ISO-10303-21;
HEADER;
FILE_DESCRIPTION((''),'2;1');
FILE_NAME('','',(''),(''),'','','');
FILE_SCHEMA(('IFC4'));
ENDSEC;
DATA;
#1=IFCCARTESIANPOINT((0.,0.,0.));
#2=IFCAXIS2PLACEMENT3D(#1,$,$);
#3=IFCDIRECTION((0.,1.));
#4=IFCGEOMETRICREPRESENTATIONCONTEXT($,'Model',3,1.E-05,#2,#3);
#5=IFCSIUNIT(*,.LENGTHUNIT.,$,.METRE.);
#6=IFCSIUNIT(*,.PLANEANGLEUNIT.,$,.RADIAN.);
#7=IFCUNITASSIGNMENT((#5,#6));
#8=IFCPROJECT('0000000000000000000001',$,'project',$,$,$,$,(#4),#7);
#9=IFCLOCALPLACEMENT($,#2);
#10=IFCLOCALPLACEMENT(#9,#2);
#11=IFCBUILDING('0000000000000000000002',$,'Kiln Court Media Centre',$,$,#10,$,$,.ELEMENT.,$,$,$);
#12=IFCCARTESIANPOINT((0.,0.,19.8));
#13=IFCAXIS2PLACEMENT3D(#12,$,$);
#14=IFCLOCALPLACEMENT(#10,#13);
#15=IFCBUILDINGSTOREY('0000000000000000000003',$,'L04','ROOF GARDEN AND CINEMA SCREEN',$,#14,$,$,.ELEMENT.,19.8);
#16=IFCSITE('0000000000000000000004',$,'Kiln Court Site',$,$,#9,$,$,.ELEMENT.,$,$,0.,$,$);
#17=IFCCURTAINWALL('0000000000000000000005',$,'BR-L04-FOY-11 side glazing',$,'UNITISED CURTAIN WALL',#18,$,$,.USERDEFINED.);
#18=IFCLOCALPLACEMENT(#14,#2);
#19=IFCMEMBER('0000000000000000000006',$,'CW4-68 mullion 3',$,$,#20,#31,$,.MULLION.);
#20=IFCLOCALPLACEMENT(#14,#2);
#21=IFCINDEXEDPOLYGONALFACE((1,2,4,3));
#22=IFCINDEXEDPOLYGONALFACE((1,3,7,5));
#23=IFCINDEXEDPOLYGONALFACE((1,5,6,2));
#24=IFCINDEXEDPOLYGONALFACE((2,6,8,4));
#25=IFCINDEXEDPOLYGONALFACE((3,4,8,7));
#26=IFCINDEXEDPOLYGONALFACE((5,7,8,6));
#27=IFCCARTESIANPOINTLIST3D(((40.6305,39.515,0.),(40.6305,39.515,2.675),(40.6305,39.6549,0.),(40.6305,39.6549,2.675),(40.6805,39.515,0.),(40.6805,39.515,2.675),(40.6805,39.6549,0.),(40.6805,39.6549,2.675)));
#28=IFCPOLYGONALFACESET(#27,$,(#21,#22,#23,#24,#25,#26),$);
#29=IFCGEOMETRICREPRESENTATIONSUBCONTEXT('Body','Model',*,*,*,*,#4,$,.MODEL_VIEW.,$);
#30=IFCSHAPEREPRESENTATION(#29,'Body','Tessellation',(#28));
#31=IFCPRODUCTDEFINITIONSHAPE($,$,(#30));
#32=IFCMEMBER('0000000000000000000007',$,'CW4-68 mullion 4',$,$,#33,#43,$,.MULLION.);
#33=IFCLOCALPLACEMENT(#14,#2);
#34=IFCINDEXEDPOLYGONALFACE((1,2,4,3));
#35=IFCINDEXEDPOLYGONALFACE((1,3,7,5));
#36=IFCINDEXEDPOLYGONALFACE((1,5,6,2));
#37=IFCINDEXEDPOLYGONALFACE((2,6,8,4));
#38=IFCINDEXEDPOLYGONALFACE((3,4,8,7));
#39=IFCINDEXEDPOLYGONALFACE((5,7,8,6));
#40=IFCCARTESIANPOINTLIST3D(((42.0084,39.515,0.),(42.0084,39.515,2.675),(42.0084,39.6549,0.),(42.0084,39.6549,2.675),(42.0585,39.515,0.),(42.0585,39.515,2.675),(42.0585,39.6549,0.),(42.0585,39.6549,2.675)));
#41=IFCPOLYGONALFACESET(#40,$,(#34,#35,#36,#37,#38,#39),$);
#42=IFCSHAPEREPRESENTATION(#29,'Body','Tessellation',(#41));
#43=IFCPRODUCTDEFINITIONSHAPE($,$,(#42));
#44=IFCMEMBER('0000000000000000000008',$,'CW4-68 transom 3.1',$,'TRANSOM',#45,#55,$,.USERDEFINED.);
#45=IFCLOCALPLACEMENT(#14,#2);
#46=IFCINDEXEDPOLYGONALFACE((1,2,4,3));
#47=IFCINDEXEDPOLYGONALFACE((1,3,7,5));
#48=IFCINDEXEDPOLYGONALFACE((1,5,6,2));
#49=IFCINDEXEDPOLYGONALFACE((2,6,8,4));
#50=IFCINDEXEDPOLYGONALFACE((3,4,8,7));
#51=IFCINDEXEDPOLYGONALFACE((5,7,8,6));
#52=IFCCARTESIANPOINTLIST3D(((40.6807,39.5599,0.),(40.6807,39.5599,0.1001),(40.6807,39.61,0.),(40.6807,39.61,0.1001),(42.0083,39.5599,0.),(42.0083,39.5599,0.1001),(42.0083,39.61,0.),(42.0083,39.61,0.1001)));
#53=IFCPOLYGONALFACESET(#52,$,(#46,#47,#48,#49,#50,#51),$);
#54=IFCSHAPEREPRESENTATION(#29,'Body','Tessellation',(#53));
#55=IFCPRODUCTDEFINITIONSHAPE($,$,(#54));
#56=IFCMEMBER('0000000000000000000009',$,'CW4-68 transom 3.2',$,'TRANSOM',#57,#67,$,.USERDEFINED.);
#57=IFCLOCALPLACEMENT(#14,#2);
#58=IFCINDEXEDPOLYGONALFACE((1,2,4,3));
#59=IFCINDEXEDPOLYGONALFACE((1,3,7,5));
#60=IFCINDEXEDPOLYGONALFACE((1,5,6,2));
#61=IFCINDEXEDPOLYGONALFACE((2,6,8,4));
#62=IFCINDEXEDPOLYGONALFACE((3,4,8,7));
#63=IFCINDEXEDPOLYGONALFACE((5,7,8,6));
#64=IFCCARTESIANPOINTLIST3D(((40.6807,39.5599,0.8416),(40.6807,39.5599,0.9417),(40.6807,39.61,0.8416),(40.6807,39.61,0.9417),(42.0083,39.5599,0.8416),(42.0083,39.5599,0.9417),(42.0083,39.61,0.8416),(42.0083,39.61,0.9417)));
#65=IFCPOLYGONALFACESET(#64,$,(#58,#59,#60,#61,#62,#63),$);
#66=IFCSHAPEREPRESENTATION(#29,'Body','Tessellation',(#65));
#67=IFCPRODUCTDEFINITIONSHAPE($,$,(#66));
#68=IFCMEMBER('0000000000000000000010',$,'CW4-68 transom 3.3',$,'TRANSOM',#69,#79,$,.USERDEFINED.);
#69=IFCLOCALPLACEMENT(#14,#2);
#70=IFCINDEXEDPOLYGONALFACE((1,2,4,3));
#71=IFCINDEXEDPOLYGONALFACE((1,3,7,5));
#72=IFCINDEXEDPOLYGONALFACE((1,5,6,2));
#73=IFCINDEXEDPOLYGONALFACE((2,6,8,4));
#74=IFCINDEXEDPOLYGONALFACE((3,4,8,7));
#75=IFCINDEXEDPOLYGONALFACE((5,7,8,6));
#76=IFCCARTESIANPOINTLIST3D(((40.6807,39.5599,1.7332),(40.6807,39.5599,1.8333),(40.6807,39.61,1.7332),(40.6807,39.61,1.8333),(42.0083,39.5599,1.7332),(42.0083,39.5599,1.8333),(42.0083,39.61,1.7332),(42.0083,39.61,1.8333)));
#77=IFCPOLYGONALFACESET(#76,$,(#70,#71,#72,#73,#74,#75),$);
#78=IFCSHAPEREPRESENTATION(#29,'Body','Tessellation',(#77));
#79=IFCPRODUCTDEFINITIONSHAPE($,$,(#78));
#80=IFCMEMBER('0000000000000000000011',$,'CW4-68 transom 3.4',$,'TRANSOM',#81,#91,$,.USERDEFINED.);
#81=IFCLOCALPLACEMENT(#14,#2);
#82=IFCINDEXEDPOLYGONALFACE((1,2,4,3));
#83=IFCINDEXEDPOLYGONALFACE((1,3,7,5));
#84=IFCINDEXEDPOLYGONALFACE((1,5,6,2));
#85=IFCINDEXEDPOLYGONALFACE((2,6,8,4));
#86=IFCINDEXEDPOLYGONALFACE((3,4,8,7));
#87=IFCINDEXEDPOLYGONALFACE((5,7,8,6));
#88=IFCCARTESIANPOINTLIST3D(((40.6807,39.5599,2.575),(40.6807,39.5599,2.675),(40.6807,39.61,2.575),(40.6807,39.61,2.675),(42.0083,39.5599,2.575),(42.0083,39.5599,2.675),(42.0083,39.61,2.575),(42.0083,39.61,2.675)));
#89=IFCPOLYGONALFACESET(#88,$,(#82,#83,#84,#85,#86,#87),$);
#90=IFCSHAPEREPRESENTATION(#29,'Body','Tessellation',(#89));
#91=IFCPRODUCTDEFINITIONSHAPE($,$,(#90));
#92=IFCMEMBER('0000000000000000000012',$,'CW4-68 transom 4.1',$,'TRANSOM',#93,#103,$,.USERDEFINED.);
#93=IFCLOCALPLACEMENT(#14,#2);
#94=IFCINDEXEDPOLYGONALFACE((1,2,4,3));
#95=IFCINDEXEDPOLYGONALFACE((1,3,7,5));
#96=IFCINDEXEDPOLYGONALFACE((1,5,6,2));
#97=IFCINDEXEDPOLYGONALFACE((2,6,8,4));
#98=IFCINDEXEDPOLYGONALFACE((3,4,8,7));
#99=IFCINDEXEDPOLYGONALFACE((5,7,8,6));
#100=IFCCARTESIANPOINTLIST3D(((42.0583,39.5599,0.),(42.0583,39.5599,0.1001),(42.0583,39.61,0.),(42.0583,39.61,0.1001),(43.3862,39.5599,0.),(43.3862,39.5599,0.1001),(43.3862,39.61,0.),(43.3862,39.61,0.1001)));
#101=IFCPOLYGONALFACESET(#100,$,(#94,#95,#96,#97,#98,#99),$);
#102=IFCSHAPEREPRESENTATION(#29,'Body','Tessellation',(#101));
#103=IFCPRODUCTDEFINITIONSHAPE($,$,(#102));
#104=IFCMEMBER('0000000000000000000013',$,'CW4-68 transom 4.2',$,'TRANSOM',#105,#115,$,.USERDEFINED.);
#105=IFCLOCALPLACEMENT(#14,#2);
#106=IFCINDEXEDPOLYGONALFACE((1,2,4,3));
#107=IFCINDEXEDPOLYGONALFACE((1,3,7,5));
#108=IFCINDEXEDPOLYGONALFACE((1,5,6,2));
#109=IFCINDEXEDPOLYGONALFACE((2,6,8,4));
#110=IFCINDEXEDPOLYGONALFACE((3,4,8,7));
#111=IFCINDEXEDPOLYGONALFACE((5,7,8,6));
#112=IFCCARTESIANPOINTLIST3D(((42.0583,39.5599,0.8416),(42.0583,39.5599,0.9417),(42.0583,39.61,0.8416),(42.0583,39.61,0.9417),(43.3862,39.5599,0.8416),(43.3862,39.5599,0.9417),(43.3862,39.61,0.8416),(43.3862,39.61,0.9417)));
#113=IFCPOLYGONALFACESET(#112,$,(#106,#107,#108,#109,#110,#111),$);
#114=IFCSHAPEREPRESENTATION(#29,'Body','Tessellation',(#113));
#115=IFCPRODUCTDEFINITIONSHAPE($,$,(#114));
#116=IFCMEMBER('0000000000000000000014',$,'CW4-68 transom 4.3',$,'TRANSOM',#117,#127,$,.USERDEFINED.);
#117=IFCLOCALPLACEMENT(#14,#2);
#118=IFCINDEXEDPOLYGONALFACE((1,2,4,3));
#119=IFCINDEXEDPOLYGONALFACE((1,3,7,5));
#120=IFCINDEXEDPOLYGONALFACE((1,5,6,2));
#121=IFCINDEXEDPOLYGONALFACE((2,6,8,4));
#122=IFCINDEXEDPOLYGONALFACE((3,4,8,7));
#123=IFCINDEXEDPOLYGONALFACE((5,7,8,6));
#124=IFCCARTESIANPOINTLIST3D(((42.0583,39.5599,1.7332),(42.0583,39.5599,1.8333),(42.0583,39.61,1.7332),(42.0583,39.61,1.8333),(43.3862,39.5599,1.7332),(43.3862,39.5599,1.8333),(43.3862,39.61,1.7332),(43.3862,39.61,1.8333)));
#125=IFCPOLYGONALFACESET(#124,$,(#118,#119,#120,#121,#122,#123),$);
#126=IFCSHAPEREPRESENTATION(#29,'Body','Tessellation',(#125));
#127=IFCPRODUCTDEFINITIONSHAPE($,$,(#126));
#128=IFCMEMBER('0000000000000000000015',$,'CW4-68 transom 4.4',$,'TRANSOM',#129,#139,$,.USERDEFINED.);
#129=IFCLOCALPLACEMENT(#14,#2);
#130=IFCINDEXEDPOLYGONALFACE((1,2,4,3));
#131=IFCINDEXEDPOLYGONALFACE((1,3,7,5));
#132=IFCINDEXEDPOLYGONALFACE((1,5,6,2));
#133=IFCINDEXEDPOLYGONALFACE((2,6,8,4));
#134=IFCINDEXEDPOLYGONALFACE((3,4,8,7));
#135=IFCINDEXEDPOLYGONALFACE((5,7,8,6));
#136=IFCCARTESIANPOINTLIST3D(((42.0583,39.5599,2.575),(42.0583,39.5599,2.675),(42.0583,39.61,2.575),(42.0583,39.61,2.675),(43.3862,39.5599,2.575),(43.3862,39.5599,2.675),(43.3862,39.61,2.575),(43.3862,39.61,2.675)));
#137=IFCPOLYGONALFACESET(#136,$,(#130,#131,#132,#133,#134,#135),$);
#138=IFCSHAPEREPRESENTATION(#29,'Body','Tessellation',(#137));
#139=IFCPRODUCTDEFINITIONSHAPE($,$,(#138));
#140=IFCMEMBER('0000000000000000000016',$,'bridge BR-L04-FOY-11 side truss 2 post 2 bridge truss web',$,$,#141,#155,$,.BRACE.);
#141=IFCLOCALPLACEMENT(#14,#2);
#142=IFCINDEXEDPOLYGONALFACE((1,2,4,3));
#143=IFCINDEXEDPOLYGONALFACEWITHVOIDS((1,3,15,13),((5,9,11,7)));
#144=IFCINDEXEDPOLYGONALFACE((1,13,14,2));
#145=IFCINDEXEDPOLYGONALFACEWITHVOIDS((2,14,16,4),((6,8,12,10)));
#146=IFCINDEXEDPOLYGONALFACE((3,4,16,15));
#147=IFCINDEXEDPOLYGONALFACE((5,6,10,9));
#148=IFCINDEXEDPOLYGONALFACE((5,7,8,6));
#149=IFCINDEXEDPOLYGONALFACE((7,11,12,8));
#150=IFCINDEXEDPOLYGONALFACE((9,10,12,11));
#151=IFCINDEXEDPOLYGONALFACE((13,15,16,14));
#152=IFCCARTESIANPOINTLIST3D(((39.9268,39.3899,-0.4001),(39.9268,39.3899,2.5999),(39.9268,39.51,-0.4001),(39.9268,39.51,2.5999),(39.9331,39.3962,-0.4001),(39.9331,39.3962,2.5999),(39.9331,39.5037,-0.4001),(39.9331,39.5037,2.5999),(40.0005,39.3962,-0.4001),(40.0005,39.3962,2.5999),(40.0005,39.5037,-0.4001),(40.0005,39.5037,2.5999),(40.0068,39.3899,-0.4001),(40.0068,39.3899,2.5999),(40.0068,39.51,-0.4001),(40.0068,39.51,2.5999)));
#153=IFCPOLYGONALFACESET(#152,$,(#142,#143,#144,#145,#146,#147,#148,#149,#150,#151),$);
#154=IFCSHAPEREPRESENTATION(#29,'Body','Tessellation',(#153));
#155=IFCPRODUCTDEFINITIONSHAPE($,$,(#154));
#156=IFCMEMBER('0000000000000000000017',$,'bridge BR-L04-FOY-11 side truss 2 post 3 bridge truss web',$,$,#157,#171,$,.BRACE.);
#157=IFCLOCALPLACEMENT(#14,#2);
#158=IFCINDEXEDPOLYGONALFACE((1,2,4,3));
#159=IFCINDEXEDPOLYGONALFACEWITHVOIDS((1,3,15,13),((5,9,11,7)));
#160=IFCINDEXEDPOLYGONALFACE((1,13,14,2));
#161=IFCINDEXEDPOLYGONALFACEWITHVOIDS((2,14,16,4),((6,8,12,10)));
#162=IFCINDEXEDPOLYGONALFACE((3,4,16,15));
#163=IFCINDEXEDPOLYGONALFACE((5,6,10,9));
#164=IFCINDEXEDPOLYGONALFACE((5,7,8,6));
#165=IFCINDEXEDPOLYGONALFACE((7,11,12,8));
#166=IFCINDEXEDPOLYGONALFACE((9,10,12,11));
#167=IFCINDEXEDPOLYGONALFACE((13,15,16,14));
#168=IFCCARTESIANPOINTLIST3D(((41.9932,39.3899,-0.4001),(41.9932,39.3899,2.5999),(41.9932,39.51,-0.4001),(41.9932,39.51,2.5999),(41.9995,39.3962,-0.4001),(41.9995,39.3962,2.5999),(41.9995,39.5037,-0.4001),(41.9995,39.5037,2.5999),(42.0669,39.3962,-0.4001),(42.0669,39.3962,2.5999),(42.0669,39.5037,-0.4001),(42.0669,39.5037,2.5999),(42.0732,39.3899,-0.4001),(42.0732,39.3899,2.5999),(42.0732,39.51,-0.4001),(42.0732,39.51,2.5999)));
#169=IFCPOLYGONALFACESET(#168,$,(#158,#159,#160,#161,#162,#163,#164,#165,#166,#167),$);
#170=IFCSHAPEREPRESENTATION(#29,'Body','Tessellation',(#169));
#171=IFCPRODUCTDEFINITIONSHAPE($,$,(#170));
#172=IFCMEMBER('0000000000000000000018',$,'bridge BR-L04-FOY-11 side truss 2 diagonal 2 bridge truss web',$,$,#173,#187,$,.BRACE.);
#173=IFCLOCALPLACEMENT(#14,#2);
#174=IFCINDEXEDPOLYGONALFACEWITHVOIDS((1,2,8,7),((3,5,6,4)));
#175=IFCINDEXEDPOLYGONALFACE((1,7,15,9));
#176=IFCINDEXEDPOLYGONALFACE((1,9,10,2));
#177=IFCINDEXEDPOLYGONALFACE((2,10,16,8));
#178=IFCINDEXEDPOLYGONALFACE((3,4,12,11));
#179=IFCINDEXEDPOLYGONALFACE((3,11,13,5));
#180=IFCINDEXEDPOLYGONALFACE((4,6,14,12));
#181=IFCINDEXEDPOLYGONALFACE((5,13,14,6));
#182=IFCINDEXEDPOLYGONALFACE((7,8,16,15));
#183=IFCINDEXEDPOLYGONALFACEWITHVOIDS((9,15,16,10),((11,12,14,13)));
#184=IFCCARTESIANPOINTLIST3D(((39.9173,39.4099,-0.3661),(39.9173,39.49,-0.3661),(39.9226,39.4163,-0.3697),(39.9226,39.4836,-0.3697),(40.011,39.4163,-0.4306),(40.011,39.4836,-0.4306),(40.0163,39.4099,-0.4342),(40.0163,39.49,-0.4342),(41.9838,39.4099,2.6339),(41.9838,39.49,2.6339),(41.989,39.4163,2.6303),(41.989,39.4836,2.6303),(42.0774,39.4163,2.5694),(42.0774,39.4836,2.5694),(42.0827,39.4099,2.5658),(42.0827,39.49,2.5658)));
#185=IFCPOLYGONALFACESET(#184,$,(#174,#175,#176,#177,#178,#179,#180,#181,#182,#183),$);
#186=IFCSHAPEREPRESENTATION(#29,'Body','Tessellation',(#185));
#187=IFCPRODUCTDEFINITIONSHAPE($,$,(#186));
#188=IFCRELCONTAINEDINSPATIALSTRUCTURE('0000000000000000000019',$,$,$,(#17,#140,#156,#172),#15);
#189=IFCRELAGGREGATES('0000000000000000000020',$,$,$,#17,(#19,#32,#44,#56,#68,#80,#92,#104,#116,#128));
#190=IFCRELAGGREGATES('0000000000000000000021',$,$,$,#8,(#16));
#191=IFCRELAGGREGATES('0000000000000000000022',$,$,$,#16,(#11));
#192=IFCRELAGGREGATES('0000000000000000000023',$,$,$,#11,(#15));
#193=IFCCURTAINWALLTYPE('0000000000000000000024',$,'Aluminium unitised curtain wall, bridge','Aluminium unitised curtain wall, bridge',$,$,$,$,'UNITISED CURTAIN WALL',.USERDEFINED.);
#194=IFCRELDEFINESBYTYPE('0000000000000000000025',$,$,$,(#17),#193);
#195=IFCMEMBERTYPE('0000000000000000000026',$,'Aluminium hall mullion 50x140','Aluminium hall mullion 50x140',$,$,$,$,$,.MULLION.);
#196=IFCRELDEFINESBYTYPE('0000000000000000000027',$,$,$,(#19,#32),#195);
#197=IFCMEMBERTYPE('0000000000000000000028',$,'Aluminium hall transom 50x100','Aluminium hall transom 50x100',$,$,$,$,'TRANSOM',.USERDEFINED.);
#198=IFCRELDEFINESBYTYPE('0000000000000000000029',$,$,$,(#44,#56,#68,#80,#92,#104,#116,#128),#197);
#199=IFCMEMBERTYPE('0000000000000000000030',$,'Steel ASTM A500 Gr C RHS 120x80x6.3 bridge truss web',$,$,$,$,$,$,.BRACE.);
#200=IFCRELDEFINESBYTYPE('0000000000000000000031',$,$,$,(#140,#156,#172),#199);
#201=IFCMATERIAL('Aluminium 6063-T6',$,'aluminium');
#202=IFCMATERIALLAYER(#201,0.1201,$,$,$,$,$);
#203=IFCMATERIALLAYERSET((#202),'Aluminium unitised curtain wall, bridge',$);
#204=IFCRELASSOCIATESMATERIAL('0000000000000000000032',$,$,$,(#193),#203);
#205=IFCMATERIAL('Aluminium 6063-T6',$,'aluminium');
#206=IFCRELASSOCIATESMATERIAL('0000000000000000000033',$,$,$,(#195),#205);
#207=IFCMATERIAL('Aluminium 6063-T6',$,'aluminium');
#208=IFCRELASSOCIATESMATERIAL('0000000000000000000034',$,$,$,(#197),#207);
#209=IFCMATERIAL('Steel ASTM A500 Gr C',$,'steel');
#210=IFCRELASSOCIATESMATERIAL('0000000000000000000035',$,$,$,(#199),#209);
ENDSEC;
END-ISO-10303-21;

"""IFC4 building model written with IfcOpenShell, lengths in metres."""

from ifc_helpers import new_model, si_unit, direction, frame, origin, origin_2d, place, context, subcontext, project, spatial, rectangle, hollow_rectangle, extrude, material, layer, layer_set, material_profile, profile_set, type_object, element, aggregate, save


model = new_model("IFC4")

# Units and contexts
model_context = context("Model", 3, precision=1e-05, world=origin(), true_north=direction((0.0, 1.0)))
body_context = subcontext(model_context, "Body", "Model", "MODEL_VIEW")
ifc_project = project(units=[si_unit("LENGTHUNIT", "METRE"), si_unit("PLANEANGLEUNIT", "RADIAN")], contexts=[model_context])

# Site, building, storey
site_placement = place(None, origin())
site = spatial("IfcSite", under=ifc_project, at=site_placement, Name="Kiln Court Site", CompositionType="ELEMENT", RefElevation=0.0)
building_placement = place(site_placement, origin())
building = spatial("IfcBuilding", under=site, at=building_placement, Name="Kiln Court Media Centre", CompositionType="ELEMENT")
storey_placement = place(building_placement, frame((0.0, 0.0, 19.8)))
storey = spatial("IfcBuildingStorey", under=building, at=storey_placement, Name="L04", Description="ROOF GARDEN AND CINEMA SCREEN", CompositionType="ELEMENT", Elevation=19.8)

# Curtain wall, members
ifc_material_1 = material(Name="Aluminium 6063-T6", Category="aluminium")
ifc_layer_1 = layer(ifc_material_1, 0.1201)
ifc_layer_set_1 = layer_set([ifc_layer_1], Name="Aluminium unitised curtain wall, bridge")
curtain_wall_type = type_object("IfcCurtainWallType", Name="Aluminium unitised curtain wall, bridge", Description="Aluminium unitised curtain wall, bridge", ElementType="UNITISED CURTAIN WALL", PredefinedType="USERDEFINED", material=ifc_layer_set_1)
curtain_wall_placement = place(storey_placement, origin())
curtain_wall = element("IfcCurtainWall", 1, at=curtain_wall_placement, inside=storey, type_object=curtain_wall_type, Name="BR-L04-FOY-11 side glazing", ObjectType="UNITISED CURTAIN WALL", PredefinedType="USERDEFINED")
ifc_material_2 = material(Name="Aluminium 6063-T6", Category="aluminium")
ifc_material_profile_1 = material_profile(ifc_material_2, rectangle(XDim=0.05, YDim=0.1399, at=origin_2d()), Name="Aluminium hall mullion 50x140")
ifc_profile_set_1 = profile_set([ifc_material_profile_1], Name="Aluminium 6063-T6")
member_type_1 = type_object("IfcMemberType", Name="Aluminium hall mullion 50x140", Description="Aluminium hall mullion 50x140", PredefinedType="MULLION", material=ifc_profile_set_1)
member_1_placement = place(storey_placement, frame((40.6555, 39.585, 0.0), z_axis=(0.0, 0.0, 1.0), x_axis=(1.0, 0.0, 0.0)))
member_1 = element("IfcMember", 2, at=member_1_placement, type_object=member_type_1, Name="CW4-68 mullion 3", PredefinedType="MULLION", context=body_context, shape_type="SweptSolid", body=[
    extrude(rectangle(XDim=0.05, YDim=0.1399, at=origin_2d()), origin(), (0.0, 0.0, 1.0), 2.675),
])
member_2_placement = place(storey_placement, frame((42.0334, 39.585, 0.0), z_axis=(0.0, 0.0, 1.0), x_axis=(1.0, 0.0, 0.0)))
member_2 = element("IfcMember", 3, at=member_2_placement, type_object=member_type_1, Name="CW4-68 mullion 4", PredefinedType="MULLION", context=body_context, shape_type="SweptSolid", body=[
    extrude(rectangle(XDim=0.05, YDim=0.1399, at=origin_2d()), origin(), (0.0, 0.0, 1.0), 2.675),
])
ifc_material_3 = material(Name="Aluminium 6063-T6", Category="aluminium")
ifc_material_profile_2 = material_profile(ifc_material_3, rectangle(XDim=0.05, YDim=0.1001, at=origin_2d()), Name="Aluminium hall transom 50x100")
ifc_profile_set_2 = profile_set([ifc_material_profile_2], Name="Aluminium 6063-T6")
member_type_2 = type_object("IfcMemberType", Name="Aluminium hall transom 50x100", Description="Aluminium hall transom 50x100", ElementType="TRANSOM", PredefinedType="USERDEFINED", material=ifc_profile_set_2)
member_3_placement = place(storey_placement, frame((40.6807, 39.585, 0.05), z_axis=(1.0, 0.0, 0.0), x_axis=(0.0, 1.0, 0.0)))
member_3 = element("IfcMember", 4, at=member_3_placement, type_object=member_type_2, Name="CW4-68 transom 3.1", ObjectType="TRANSOM", PredefinedType="USERDEFINED", context=body_context, shape_type="SweptSolid", body=[
    extrude(rectangle(XDim=0.05, YDim=0.1001, at=origin_2d()), origin(), (0.0, 0.0, 1.0), 1.3276),
])
member_4_placement = place(storey_placement, frame((40.6807, 39.585, 0.8916), z_axis=(1.0, 0.0, 0.0), x_axis=(0.0, 1.0, 0.0)))
member_4 = element("IfcMember", 5, at=member_4_placement, type_object=member_type_2, Name="CW4-68 transom 3.2", ObjectType="TRANSOM", PredefinedType="USERDEFINED", context=body_context, shape_type="SweptSolid", body=[
    extrude(rectangle(XDim=0.05, YDim=0.1001, at=origin_2d()), origin(), (0.0, 0.0, 1.0), 1.3276),
])
member_5_placement = place(storey_placement, frame((40.6807, 39.585, 1.7832), z_axis=(1.0, 0.0, 0.0), x_axis=(0.0, 1.0, 0.0)))
member_5 = element("IfcMember", 6, at=member_5_placement, type_object=member_type_2, Name="CW4-68 transom 3.3", ObjectType="TRANSOM", PredefinedType="USERDEFINED", context=body_context, shape_type="SweptSolid", body=[
    extrude(rectangle(XDim=0.05, YDim=0.1001, at=origin_2d()), origin(), (0.0, 0.0, 1.0), 1.3276),
])
member_6_placement = place(storey_placement, frame((40.6807, 39.585, 2.625), z_axis=(1.0, 0.0, 0.0), x_axis=(0.0, 1.0, 0.0)))
member_6 = element("IfcMember", 7, at=member_6_placement, type_object=member_type_2, Name="CW4-68 transom 3.4", ObjectType="TRANSOM", PredefinedType="USERDEFINED", context=body_context, shape_type="SweptSolid", body=[
    extrude(rectangle(XDim=0.05, YDim=0.1001, at=origin_2d()), origin(), (0.0, 0.0, 1.0), 1.3276),
])
member_7_placement = place(storey_placement, frame((42.0583, 39.585, 0.05), z_axis=(1.0, 0.0, 0.0), x_axis=(0.0, 1.0, 0.0)))
member_7 = element("IfcMember", 8, at=member_7_placement, type_object=member_type_2, Name="CW4-68 transom 4.1", ObjectType="TRANSOM", PredefinedType="USERDEFINED", context=body_context, shape_type="SweptSolid", body=[
    extrude(rectangle(XDim=0.05, YDim=0.1001, at=origin_2d()), origin(), (0.0, 0.0, 1.0), 1.3279),
])
member_8_placement = place(storey_placement, frame((42.0583, 39.585, 0.8916), z_axis=(1.0, 0.0, 0.0), x_axis=(0.0, 1.0, 0.0)))
member_8 = element("IfcMember", 9, at=member_8_placement, type_object=member_type_2, Name="CW4-68 transom 4.2", ObjectType="TRANSOM", PredefinedType="USERDEFINED", context=body_context, shape_type="SweptSolid", body=[
    extrude(rectangle(XDim=0.05, YDim=0.1001, at=origin_2d()), origin(), (0.0, 0.0, 1.0), 1.3279),
])
member_9_placement = place(storey_placement, frame((42.0583, 39.585, 1.7832), z_axis=(1.0, 0.0, 0.0), x_axis=(0.0, 1.0, 0.0)))
member_9 = element("IfcMember", 10, at=member_9_placement, type_object=member_type_2, Name="CW4-68 transom 4.3", ObjectType="TRANSOM", PredefinedType="USERDEFINED", context=body_context, shape_type="SweptSolid", body=[
    extrude(rectangle(XDim=0.05, YDim=0.1001, at=origin_2d()), origin(), (0.0, 0.0, 1.0), 1.3279),
])
member_10_placement = place(storey_placement, frame((42.0583, 39.585, 2.625), z_axis=(1.0, 0.0, 0.0), x_axis=(0.0, 1.0, 0.0)))
member_10 = element("IfcMember", 11, at=member_10_placement, type_object=member_type_2, Name="CW4-68 transom 4.4", ObjectType="TRANSOM", PredefinedType="USERDEFINED", context=body_context, shape_type="SweptSolid", body=[
    extrude(rectangle(XDim=0.05, YDim=0.1001, at=origin_2d()), origin(), (0.0, 0.0, 1.0), 1.3279),
])

# Members
ifc_material_4 = material(Name="Steel ASTM A500 Gr C", Category="steel")
ifc_material_profile_3 = material_profile(ifc_material_4, hollow_rectangle(XDim=0.0801, YDim=0.1201, WallThickness=0.0063, at=origin_2d()), Name="RHS 120x80x6.3")
ifc_profile_set_3 = profile_set([ifc_material_profile_3], Name="Steel ASTM A500 Gr C")
member_type_3 = type_object("IfcMemberType", Name="Steel ASTM A500 Gr C RHS 120x80x6.3 bridge truss web", PredefinedType="BRACE", material=ifc_profile_set_3)
for number, where, z_axis, x_axis, name in (
    (12, (39.9668, 39.45, -0.4001), (0.0, 0.0, 1.0), (1.0, 0.0, 0.0), "bridge BR-L04-FOY-11 side truss 2 post 2 bridge truss web"),
    (13, (42.0332, 39.45, -0.4001), (0.0, 0.0, 1.0), (1.0, 0.0, 0.0), "bridge BR-L04-FOY-11 side truss 2 post 3 bridge truss web"),
):
    element("IfcMember", number, at=place(storey_placement, frame(where, z_axis=z_axis, x_axis=x_axis)), inside=storey, type_object=member_type_3, Name=name, PredefinedType="BRACE", context=body_context, shape_type="SweptSolid", body=[
        extrude(hollow_rectangle(XDim=0.0801, YDim=0.1201, WallThickness=0.0063, at=origin_2d()), origin(), (0.0, 0.0, 1.0), 3.0),
    ])
member_11_placement = place(storey_placement, frame((39.9668, 39.45, -0.4001), z_axis=(0.567257, 0.0, 0.823541), x_axis=(0.0, 1.0, 0.0)))
element("IfcMember", 14, at=member_11_placement, inside=storey, type_object=member_type_3, Name="bridge BR-L04-FOY-11 side truss 2 diagonal 2 bridge truss web", PredefinedType="BRACE", context=body_context, shape_type="SweptSolid", body=[
    extrude(hollow_rectangle(XDim=0.0801, YDim=0.1201, WallThickness=0.0063, at=origin_2d()), origin(), (0.0, 0.0, 1.0), 3.6428),
])

aggregate(curtain_wall, [member_1, member_2, member_3, member_4, member_5, member_6, member_7, member_8, member_9, member_10])

save(model, "model.ifc")
